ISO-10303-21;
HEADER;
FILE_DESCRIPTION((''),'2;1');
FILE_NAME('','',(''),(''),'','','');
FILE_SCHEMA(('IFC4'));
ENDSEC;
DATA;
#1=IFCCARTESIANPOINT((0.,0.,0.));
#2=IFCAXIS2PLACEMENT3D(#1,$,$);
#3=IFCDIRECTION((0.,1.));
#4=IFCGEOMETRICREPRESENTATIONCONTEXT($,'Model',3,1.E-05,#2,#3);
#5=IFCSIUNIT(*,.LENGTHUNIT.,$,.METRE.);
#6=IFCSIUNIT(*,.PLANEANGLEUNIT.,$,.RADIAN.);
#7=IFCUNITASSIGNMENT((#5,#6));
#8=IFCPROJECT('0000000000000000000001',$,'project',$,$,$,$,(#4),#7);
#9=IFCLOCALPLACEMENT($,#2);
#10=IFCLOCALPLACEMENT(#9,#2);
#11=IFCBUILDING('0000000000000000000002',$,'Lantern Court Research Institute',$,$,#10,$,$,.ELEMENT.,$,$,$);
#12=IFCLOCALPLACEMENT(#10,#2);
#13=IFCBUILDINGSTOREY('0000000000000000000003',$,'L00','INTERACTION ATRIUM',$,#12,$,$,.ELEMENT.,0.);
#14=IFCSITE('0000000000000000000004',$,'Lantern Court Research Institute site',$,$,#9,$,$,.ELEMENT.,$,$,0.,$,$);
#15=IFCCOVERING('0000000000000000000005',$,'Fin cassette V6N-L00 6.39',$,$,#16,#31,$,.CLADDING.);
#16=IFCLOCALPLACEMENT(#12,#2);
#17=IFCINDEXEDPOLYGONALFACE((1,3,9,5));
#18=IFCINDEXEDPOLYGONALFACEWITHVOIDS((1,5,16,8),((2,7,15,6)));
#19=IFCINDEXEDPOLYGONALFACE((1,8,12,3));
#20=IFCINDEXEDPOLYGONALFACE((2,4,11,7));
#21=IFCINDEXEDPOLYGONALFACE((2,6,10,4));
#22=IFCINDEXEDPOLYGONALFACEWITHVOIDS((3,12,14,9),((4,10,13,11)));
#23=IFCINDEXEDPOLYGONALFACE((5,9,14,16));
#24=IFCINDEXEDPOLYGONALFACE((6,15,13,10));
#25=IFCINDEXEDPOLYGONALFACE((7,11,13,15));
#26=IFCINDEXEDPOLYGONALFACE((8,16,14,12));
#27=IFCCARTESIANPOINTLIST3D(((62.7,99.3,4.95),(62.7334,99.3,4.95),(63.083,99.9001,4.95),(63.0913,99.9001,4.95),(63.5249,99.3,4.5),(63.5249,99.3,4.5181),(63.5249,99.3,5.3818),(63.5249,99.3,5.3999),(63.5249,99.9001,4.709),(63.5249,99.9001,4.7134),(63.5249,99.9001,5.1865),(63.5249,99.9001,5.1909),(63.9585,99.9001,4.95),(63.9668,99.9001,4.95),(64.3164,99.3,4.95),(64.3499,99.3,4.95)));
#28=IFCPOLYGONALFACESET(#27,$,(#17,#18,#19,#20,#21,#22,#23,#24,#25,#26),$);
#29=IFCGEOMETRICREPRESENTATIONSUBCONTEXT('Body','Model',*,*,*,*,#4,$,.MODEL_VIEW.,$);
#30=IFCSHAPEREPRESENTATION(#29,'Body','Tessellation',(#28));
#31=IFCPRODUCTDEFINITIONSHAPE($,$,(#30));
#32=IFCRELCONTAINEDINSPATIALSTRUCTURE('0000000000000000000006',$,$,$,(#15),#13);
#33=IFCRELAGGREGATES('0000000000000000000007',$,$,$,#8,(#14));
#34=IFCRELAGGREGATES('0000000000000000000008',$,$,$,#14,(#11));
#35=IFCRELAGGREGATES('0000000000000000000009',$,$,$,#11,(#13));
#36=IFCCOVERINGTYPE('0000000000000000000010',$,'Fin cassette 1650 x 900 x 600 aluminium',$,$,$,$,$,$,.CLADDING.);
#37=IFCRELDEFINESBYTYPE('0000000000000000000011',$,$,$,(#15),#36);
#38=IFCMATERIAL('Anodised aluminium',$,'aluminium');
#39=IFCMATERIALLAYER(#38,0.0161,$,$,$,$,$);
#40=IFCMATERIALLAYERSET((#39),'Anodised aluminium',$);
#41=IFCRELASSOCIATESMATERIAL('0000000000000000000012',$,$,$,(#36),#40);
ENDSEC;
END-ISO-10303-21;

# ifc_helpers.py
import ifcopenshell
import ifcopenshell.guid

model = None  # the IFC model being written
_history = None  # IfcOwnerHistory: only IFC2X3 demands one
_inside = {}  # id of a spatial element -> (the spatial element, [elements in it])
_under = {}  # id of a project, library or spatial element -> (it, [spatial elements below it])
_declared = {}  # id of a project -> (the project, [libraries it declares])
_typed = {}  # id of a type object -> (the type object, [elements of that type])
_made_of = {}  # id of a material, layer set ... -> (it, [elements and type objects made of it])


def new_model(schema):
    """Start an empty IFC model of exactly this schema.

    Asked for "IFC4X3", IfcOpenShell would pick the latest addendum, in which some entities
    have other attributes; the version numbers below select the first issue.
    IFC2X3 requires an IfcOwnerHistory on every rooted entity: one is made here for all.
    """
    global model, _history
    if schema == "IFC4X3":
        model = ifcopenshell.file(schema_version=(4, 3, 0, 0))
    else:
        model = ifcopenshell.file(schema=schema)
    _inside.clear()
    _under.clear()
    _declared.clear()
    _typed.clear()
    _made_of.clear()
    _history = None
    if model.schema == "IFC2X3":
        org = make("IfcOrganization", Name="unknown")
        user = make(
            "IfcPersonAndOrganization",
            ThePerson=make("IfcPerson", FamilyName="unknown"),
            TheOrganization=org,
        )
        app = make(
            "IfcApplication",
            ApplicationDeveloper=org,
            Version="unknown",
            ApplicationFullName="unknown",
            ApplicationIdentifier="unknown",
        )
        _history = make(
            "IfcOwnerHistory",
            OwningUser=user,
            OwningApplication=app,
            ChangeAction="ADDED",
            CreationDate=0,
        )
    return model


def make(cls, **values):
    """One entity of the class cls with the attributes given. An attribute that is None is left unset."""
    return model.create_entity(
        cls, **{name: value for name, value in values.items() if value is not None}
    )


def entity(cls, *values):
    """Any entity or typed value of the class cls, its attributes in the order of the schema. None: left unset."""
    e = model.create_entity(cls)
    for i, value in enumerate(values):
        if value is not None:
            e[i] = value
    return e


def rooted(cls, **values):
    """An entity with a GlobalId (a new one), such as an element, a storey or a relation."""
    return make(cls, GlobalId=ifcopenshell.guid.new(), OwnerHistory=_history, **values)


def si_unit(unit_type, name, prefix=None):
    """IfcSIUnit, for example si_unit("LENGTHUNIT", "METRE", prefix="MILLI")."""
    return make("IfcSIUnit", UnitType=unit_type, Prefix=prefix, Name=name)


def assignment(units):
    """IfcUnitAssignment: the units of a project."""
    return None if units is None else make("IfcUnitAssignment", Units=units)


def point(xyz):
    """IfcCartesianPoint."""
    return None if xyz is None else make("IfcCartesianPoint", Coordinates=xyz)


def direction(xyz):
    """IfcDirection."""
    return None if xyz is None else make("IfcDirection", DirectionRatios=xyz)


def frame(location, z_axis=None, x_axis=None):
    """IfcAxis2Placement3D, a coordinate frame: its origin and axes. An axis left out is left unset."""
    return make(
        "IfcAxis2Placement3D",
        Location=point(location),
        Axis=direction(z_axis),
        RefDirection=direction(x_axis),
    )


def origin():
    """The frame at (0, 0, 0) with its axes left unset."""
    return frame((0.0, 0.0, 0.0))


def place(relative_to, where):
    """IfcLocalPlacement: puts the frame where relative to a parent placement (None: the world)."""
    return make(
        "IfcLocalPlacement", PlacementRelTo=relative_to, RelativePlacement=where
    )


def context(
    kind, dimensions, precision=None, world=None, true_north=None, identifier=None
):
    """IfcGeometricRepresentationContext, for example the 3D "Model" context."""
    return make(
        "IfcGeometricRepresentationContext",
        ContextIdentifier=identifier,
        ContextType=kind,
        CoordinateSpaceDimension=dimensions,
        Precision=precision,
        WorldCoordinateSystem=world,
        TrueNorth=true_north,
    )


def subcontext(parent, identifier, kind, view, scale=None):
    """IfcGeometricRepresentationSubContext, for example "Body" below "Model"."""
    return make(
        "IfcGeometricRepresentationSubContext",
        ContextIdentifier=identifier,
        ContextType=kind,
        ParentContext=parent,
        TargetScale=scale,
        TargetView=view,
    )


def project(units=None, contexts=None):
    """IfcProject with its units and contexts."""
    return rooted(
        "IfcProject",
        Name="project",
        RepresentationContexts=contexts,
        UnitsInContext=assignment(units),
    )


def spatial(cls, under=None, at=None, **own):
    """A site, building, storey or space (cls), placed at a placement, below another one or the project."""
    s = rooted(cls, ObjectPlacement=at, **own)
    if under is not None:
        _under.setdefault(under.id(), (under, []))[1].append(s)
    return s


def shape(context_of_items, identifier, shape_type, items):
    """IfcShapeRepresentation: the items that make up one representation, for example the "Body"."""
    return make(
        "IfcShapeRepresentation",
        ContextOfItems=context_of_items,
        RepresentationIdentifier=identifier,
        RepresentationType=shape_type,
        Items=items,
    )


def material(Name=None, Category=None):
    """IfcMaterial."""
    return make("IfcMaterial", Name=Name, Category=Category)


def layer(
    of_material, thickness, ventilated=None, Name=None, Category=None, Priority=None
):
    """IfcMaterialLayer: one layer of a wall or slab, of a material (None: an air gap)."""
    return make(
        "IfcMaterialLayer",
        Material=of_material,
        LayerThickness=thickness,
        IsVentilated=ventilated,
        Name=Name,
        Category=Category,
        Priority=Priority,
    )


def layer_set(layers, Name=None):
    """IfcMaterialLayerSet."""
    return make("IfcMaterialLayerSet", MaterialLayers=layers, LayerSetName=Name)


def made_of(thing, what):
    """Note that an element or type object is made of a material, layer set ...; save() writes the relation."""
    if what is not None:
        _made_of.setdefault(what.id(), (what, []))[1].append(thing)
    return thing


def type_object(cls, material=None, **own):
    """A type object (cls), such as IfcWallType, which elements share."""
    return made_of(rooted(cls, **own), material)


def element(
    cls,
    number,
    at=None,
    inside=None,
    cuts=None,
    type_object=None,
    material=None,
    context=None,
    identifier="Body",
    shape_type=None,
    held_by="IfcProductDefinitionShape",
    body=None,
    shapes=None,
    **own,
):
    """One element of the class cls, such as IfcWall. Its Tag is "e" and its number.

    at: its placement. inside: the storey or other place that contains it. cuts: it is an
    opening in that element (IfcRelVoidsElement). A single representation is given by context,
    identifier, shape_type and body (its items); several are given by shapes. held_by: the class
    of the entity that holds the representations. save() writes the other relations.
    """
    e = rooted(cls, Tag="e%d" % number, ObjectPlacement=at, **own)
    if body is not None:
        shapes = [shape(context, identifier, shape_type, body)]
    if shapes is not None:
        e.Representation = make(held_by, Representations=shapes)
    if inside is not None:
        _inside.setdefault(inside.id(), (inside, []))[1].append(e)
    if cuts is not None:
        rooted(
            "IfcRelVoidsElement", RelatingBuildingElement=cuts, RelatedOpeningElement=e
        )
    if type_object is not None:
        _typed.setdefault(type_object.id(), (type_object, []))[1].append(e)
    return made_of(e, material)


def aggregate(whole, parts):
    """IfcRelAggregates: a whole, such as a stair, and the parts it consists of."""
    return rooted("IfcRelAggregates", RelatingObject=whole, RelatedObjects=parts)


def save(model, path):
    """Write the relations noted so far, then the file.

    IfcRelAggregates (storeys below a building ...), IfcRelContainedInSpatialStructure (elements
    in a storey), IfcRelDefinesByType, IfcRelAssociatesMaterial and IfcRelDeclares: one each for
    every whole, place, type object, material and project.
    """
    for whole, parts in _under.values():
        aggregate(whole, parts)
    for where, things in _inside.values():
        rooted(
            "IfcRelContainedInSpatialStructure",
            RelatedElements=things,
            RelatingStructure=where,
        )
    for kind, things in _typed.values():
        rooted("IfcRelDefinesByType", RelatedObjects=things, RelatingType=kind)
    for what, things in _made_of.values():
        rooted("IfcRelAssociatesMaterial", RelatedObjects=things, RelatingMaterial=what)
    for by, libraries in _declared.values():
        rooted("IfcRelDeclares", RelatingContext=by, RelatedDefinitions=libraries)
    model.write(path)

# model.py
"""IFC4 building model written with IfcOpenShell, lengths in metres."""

from ifc_helpers import new_model, entity, si_unit, direction, frame, origin, place, context, subcontext, project, spatial, material, layer, layer_set, type_object, element, save


model = new_model("IFC4")

# Units and contexts
model_context = context("Model", 3, precision=1e-05, world=origin(), true_north=direction((0.0, 1.0)))
body_context = subcontext(model_context, "Body", "Model", "MODEL_VIEW")
ifc_project = project(units=[si_unit("LENGTHUNIT", "METRE"), si_unit("PLANEANGLEUNIT", "RADIAN")], contexts=[model_context])

# Site, building, storey
site_placement = place(None, origin())
site = spatial("IfcSite", under=ifc_project, at=site_placement, Name="Lantern Court Research Institute site", CompositionType="ELEMENT", RefElevation=0.0)
building_placement = place(site_placement, origin())
building = spatial("IfcBuilding", under=site, at=building_placement, Name="Lantern Court Research Institute", CompositionType="ELEMENT")
storey_placement = place(building_placement, origin())
storey = spatial("IfcBuildingStorey", under=building, at=storey_placement, Name="L00", Description="INTERACTION ATRIUM", CompositionType="ELEMENT", Elevation=0.0)

# Covering
ifc_material_1 = material(Name="Anodised aluminium", Category="aluminium")
ifc_layer_1 = layer(ifc_material_1, 0.0161)
ifc_layer_set_1 = layer_set([ifc_layer_1], Name="Anodised aluminium")
covering_type_1 = type_object("IfcCoveringType", Name="Fin cassette 1650 x 900 x 600 aluminium", PredefinedType="CLADDING", material=ifc_layer_set_1)
covering_1_placement = place(storey_placement, frame((63.5249, 99.3, 4.95), z_axis=(0.0, 1.0, 0.0), x_axis=(-1.0, 0.0, 0.0)))
cartesian_point_1 = entity("IfcCartesianPoint", [0.825, 0.0])
cartesian_point_2 = entity("IfcCartesianPoint", [0.7915, 0.0])
cartesian_point_3 = entity("IfcCartesianPoint", [0.4419, 0.0])
cartesian_point_4 = entity("IfcCartesianPoint", [0.4336, 0.0])
element("IfcCovering", 1, at=covering_1_placement, inside=storey, type_object=covering_type_1, Name="Fin cassette V6N-L00 6.39", PredefinedType="CLADDING", context=body_context, shape_type="SweptSolid", body=[
    entity("IfcExtrudedAreaSolidTapered", entity("IfcArbitraryProfileDefWithVoids", "AREA", None, entity("IfcPolyline", [cartesian_point_1, entity("IfcCartesianPoint", [0.0, 0.45]), entity("IfcCartesianPoint", [-0.825, 0.0]), entity("IfcCartesianPoint", [0.0, -0.45]), cartesian_point_1]), [entity("IfcPolyline", [cartesian_point_2, entity("IfcCartesianPoint", [0.0, 0.4319]), entity("IfcCartesianPoint", [-0.7915, 0.0]), entity("IfcCartesianPoint", [0.0, -0.4319]), cartesian_point_2])]), entity("IfcAxis2Placement3D", entity("IfcCartesianPoint", [0.0, 0.0, 0.0])), entity("IfcDirection", [0.0, 0.0, 1.0]), 0.6001, entity("IfcArbitraryProfileDefWithVoids", "AREA", None, entity("IfcPolyline", [cartesian_point_3, entity("IfcCartesianPoint", [0.0, 0.241]), entity("IfcCartesianPoint", [-0.4419, 0.0]), entity("IfcCartesianPoint", [0.0, -0.241]), cartesian_point_3]), [entity("IfcPolyline", [cartesian_point_4, entity("IfcCartesianPoint", [0.0, 0.2366]), entity("IfcCartesianPoint", [-0.4336, 0.0]), entity("IfcCartesianPoint", [0.0, -0.2366]), cartesian_point_4])])),
])

save(model, "model.ifc")
